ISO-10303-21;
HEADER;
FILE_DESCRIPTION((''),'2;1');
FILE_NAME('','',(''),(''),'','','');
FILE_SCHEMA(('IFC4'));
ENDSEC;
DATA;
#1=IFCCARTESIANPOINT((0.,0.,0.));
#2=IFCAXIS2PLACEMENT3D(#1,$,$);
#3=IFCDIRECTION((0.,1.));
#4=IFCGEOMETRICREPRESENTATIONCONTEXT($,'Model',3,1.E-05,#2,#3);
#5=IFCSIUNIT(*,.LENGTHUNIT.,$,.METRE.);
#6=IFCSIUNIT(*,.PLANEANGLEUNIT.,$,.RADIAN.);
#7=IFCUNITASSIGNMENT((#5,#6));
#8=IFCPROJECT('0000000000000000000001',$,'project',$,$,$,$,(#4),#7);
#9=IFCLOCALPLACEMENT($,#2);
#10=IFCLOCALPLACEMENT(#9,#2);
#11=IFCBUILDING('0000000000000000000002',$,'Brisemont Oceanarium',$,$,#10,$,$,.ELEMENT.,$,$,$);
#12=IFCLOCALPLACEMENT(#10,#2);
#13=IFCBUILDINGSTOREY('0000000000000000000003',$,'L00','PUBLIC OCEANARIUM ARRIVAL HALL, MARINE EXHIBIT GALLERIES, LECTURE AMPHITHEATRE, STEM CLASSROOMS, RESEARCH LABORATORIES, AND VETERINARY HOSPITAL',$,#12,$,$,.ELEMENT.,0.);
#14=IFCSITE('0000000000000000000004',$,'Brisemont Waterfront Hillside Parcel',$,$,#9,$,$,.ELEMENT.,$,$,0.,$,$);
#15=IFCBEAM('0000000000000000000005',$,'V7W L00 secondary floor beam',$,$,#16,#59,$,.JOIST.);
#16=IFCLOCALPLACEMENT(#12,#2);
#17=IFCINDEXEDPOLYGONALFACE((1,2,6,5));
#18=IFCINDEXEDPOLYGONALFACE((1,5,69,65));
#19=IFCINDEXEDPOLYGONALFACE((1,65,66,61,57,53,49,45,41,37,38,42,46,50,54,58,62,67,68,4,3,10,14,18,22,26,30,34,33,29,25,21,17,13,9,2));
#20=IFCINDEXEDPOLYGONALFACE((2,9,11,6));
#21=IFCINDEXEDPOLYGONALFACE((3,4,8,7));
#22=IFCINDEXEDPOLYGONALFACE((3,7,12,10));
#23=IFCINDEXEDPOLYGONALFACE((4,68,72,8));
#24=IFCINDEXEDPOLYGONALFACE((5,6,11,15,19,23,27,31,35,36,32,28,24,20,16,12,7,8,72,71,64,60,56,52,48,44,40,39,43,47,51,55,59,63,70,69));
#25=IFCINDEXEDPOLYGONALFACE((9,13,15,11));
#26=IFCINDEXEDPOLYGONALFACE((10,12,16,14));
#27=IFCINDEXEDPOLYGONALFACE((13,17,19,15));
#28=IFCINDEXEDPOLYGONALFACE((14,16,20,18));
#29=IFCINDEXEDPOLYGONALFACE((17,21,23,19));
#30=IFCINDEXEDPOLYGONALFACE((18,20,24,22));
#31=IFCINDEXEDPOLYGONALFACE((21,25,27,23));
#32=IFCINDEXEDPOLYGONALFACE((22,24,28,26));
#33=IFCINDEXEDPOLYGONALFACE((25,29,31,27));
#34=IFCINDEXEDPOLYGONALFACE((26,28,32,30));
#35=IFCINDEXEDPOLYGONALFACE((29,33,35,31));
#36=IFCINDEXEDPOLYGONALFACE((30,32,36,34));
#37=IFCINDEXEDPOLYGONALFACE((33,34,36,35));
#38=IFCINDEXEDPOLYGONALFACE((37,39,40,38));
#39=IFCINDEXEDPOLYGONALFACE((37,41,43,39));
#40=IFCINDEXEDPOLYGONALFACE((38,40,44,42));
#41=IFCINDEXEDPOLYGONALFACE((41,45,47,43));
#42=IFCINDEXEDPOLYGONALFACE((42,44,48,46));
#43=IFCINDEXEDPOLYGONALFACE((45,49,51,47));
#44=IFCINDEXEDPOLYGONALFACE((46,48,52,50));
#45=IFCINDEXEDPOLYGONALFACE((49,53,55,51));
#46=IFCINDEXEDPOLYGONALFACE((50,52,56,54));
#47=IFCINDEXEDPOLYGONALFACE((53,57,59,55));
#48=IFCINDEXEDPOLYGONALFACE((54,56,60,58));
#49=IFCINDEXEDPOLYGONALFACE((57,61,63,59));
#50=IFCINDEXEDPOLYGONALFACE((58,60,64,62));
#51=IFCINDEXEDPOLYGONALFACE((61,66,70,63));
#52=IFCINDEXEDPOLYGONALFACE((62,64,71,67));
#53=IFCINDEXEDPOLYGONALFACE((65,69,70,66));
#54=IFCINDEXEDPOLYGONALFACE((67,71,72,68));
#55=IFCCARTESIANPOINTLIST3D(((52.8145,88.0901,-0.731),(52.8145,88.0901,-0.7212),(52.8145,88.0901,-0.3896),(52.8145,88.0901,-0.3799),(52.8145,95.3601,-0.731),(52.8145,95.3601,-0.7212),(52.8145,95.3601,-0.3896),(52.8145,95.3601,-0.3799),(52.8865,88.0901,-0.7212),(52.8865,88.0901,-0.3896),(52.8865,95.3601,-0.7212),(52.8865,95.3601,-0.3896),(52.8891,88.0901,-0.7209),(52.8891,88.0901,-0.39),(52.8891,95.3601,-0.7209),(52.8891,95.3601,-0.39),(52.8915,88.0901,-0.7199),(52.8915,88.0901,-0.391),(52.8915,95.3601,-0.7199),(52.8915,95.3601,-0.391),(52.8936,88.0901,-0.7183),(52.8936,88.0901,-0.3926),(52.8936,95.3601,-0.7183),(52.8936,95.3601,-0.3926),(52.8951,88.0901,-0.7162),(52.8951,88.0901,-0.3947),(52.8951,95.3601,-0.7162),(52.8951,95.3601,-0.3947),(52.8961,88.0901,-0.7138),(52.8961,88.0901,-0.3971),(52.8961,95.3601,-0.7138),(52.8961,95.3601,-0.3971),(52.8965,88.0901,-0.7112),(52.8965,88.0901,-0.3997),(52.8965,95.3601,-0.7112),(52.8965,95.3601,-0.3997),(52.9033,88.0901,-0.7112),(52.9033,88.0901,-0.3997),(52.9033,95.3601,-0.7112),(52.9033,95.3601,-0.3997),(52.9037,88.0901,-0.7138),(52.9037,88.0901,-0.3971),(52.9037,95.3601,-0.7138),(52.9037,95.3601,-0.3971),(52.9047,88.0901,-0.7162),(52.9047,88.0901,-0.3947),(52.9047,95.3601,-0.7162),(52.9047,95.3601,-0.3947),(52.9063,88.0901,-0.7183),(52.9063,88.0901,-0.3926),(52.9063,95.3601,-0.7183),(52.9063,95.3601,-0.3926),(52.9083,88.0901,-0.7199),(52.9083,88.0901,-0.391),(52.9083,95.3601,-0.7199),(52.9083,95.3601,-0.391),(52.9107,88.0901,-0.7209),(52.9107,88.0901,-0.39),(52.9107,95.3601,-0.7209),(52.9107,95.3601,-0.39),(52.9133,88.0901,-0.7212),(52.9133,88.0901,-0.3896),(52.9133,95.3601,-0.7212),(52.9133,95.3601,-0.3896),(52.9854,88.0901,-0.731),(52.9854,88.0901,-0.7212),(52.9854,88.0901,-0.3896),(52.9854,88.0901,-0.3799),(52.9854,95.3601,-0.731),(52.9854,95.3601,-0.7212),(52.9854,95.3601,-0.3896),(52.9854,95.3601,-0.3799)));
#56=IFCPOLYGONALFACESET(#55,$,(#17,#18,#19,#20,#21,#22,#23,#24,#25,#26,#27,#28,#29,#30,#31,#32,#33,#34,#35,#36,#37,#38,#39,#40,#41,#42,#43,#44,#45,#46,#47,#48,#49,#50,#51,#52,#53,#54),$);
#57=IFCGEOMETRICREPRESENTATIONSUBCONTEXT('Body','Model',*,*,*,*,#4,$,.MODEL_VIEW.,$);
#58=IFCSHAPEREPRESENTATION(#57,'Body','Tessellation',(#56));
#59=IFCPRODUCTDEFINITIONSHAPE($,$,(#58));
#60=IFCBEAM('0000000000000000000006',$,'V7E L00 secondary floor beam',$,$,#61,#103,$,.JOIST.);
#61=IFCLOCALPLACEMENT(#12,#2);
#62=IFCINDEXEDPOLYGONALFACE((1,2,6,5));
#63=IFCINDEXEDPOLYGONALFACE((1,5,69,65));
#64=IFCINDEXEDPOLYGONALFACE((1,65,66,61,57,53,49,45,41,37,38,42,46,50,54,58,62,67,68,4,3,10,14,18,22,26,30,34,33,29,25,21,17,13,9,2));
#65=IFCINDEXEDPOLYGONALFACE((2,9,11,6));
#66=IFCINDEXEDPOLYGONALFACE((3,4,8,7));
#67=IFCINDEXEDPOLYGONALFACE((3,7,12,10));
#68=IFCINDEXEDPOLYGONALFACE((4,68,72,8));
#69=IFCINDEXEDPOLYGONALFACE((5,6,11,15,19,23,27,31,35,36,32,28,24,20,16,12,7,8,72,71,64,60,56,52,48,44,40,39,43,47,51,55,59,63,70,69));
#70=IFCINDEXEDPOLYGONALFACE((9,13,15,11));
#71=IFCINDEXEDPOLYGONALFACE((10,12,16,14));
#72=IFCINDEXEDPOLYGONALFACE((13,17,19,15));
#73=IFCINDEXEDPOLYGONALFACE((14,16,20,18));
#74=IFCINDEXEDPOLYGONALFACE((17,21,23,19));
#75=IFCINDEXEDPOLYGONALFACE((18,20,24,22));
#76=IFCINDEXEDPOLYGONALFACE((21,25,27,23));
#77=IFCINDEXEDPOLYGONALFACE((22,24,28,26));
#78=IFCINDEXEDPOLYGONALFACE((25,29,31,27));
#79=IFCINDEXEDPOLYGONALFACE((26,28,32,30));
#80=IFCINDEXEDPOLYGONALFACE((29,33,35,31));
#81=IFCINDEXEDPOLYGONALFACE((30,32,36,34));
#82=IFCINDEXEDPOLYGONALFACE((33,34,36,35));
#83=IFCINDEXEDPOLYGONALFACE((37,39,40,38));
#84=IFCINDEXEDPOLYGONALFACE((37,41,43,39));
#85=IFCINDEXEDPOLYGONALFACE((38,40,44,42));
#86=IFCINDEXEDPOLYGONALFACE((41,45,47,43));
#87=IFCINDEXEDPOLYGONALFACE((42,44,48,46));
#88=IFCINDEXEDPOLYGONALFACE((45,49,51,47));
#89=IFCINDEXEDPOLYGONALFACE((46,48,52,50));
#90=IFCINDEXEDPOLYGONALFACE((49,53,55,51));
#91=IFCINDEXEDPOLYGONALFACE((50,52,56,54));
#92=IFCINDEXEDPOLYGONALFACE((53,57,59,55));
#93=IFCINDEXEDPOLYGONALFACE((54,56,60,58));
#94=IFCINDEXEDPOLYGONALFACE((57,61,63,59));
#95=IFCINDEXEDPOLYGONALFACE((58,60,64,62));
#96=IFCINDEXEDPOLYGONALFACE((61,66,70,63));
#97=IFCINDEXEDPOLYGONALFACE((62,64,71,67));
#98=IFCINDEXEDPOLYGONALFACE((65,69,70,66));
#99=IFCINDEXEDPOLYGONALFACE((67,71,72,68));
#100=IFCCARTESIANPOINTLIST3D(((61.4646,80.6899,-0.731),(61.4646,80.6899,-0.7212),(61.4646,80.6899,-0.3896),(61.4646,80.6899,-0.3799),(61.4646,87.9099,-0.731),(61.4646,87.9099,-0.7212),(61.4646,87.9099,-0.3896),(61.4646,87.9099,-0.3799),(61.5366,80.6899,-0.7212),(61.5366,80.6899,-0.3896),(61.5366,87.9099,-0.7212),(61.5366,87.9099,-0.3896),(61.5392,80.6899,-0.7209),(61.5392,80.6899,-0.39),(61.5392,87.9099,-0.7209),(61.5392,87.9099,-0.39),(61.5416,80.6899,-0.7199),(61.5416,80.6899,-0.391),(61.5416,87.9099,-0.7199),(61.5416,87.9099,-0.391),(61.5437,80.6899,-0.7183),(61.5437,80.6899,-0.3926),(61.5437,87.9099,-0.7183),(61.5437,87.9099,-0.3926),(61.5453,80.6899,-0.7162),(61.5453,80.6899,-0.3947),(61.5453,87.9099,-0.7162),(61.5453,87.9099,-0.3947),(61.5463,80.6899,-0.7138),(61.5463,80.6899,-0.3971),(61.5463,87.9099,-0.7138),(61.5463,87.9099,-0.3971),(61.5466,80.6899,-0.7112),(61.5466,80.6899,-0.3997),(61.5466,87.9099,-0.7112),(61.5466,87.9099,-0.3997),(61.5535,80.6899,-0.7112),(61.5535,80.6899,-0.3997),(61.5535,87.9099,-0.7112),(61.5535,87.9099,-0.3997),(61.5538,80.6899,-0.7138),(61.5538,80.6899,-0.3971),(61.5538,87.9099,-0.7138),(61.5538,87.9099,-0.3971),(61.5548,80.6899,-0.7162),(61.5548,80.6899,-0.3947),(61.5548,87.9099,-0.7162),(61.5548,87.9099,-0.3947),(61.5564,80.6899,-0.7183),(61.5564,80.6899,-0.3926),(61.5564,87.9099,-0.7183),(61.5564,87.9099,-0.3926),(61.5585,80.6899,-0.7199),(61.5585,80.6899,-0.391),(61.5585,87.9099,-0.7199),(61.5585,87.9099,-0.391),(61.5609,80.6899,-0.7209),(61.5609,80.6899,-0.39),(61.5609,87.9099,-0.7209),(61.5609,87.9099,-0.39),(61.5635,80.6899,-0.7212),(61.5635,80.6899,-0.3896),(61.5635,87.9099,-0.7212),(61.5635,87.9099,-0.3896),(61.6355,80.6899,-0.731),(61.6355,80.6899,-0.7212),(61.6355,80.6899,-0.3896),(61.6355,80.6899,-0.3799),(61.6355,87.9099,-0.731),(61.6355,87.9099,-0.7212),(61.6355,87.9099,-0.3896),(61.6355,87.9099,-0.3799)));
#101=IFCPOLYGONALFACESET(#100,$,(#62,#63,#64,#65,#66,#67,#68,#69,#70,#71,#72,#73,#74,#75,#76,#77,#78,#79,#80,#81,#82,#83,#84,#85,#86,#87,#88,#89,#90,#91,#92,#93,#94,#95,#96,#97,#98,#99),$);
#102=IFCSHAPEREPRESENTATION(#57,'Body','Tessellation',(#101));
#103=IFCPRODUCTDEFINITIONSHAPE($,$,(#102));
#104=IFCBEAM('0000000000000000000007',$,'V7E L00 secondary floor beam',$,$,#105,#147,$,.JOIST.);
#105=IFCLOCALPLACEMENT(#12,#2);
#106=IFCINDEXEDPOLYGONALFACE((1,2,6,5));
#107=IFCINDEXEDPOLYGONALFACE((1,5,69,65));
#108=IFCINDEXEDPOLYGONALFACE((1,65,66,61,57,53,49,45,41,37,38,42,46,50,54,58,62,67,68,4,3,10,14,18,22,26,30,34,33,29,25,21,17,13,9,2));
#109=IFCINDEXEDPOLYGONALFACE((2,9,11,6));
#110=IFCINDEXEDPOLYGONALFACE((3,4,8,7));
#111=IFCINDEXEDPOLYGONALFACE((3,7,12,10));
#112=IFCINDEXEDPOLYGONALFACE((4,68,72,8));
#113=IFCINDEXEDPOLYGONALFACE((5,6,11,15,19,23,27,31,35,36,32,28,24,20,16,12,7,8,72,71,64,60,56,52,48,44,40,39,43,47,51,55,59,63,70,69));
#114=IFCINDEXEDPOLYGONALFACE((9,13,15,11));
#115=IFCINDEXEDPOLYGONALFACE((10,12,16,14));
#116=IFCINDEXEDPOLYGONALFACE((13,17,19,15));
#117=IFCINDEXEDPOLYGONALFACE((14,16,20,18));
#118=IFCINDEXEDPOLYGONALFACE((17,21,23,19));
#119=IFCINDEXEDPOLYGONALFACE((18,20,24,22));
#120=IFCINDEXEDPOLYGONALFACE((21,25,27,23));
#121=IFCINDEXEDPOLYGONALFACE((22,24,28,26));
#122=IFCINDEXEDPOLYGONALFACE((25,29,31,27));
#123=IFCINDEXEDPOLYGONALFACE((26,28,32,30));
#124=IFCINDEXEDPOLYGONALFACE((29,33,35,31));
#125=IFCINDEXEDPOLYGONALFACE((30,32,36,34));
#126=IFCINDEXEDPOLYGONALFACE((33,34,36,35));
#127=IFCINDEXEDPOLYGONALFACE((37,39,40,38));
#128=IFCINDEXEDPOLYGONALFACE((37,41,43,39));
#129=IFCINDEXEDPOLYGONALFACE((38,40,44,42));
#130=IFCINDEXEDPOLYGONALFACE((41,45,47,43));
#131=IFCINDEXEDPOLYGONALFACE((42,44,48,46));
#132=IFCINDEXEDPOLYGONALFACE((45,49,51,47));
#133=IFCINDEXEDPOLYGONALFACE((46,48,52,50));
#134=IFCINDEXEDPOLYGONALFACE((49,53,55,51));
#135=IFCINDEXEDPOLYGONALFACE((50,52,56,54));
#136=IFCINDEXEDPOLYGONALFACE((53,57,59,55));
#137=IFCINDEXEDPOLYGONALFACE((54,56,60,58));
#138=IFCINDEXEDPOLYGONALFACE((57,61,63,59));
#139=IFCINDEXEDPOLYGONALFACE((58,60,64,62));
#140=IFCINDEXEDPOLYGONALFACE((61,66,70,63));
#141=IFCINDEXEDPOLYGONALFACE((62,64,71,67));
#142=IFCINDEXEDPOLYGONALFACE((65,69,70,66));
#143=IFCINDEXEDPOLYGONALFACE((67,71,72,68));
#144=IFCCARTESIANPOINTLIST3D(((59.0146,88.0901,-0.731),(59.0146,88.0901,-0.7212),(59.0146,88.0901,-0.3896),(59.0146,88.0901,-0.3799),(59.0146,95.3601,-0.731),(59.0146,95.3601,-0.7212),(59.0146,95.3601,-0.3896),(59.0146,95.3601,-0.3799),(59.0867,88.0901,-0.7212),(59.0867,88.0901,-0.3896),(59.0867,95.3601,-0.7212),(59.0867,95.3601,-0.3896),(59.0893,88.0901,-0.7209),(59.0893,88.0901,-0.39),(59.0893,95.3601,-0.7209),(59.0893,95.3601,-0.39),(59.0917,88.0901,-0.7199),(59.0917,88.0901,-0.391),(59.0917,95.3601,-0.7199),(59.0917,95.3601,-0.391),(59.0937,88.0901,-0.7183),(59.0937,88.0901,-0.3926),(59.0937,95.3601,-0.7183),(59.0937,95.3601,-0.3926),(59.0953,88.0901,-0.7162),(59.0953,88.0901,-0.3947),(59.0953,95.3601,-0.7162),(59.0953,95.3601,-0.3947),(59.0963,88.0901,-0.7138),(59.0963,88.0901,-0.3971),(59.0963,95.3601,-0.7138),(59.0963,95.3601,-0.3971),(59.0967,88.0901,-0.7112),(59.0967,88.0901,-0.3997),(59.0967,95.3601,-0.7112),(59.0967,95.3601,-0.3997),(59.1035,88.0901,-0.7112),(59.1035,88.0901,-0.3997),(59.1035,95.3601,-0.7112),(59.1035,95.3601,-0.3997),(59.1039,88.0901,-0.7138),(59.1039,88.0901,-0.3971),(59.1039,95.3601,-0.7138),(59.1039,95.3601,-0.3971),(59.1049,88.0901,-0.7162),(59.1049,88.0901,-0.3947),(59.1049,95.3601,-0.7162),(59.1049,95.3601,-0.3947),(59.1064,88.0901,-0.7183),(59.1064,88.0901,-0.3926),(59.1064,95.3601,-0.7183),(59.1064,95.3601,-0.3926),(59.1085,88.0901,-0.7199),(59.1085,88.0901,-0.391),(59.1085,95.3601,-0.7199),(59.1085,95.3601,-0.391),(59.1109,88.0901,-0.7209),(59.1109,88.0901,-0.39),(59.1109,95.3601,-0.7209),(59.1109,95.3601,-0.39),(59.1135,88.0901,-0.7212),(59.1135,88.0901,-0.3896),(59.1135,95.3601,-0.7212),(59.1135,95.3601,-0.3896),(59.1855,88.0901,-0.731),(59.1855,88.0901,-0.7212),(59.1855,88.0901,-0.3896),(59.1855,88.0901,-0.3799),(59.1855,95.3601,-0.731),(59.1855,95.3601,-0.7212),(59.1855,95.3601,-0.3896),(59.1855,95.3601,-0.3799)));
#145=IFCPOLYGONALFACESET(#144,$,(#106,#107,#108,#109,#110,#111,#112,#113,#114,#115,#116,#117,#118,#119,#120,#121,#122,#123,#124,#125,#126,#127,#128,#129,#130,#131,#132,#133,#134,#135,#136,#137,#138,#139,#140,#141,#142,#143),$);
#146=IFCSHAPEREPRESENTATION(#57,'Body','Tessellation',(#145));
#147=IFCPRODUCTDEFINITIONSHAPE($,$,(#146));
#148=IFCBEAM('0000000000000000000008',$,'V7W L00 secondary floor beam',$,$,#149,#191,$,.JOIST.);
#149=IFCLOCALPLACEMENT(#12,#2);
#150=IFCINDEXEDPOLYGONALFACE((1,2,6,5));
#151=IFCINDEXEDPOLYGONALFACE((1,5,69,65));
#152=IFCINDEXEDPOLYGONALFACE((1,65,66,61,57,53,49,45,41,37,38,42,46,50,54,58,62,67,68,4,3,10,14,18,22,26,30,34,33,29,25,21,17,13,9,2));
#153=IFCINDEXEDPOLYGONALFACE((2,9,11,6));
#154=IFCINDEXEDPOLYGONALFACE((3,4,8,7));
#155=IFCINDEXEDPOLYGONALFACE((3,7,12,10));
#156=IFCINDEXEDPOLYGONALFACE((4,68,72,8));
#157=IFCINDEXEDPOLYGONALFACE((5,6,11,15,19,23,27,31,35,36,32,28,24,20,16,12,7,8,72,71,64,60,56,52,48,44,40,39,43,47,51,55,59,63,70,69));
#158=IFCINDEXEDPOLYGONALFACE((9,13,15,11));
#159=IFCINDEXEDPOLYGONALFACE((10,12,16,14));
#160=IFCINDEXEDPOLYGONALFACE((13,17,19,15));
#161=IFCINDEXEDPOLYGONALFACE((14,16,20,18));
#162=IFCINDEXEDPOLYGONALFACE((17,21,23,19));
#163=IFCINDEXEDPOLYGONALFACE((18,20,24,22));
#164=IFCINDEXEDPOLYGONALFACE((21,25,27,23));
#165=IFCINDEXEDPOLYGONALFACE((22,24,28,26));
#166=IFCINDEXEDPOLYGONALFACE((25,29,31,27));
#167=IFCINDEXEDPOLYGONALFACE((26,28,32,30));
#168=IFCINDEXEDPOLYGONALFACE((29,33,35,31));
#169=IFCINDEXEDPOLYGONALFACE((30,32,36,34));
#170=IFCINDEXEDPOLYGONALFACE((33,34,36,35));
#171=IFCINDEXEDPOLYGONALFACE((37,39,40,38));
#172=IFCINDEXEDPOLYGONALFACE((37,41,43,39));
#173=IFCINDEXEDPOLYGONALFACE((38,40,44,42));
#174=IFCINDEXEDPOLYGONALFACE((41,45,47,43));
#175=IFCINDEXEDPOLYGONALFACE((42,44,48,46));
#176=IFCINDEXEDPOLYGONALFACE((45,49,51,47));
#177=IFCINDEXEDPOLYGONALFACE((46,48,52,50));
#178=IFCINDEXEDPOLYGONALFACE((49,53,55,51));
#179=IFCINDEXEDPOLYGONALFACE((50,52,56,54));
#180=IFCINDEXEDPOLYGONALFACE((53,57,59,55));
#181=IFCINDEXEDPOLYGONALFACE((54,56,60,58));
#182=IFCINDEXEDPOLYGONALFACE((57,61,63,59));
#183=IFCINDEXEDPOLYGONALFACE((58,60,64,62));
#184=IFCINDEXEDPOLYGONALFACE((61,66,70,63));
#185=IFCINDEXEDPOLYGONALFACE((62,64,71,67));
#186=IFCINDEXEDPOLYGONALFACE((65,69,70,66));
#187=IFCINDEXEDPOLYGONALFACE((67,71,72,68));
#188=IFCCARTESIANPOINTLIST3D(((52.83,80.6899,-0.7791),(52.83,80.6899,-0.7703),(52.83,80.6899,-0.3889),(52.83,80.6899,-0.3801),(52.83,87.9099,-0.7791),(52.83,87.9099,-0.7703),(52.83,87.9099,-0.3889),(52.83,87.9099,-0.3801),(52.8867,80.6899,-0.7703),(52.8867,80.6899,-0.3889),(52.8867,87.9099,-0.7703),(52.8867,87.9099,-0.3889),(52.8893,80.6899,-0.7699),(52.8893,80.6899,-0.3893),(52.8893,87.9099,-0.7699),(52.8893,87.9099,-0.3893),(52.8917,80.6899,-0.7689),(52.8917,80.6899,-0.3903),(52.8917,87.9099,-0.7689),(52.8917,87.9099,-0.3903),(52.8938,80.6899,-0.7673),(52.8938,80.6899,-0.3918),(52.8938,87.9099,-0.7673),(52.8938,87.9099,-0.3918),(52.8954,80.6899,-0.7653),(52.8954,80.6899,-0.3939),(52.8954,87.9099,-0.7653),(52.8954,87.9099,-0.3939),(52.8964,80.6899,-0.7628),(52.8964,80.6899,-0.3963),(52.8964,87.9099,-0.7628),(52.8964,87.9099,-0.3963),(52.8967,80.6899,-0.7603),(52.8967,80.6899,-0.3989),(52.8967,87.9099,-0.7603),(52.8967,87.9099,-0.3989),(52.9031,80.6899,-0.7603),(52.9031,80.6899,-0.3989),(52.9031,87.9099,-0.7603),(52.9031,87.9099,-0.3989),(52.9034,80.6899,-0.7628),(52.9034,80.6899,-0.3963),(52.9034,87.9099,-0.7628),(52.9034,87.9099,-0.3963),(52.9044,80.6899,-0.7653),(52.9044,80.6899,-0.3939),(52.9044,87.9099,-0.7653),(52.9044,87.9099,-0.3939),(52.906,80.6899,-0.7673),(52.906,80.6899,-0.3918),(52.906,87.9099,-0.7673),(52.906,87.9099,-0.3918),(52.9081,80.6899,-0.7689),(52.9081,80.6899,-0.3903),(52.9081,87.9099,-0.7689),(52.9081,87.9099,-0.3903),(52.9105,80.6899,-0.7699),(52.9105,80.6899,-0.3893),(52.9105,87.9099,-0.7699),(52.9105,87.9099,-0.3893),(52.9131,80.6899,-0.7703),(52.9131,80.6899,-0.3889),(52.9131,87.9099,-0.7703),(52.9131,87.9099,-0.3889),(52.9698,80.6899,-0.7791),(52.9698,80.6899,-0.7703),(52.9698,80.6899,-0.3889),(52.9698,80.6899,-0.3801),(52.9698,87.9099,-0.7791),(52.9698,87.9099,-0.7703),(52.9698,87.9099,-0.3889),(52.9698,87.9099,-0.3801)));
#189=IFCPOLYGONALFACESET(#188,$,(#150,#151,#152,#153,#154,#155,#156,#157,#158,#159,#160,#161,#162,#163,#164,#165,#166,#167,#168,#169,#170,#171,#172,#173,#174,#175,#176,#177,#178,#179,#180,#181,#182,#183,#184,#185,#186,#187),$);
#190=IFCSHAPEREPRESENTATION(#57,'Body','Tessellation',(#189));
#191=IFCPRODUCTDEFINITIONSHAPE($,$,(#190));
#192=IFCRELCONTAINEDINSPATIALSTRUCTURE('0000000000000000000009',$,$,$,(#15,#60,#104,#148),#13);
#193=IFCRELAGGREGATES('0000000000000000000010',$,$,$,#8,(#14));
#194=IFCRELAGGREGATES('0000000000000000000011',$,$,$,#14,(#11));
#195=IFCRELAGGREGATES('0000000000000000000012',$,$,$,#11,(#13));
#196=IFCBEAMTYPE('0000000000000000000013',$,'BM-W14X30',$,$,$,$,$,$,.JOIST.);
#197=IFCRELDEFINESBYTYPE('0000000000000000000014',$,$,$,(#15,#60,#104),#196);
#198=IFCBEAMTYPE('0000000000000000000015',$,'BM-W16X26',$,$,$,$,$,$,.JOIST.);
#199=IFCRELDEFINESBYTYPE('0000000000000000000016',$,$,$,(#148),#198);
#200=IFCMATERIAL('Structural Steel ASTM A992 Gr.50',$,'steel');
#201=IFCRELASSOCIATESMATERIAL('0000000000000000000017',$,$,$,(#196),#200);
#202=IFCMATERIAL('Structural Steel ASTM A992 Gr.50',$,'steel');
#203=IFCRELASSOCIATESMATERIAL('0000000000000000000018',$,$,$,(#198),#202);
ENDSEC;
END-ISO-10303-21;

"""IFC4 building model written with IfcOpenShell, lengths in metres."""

from ifc_helpers import new_model, si_unit, direction, frame, origin, origin_2d, place, context, subcontext, project, spatial, i_section, extrude, material, material_profile, profile_set, type_object, element, save


model = new_model("IFC4")

# Units and contexts
model_context = context("Model", 3, precision=1e-05, world=origin(), true_north=direction((0.0, 1.0)))
body_context = subcontext(model_context, "Body", "Model", "MODEL_VIEW")
ifc_project = project(units=[si_unit("LENGTHUNIT", "METRE"), si_unit("PLANEANGLEUNIT", "RADIAN")], contexts=[model_context])

# Site, building, storey
site_placement = place(None, origin())
site = spatial("IfcSite", under=ifc_project, at=site_placement, Name="Brisemont Waterfront Hillside Parcel", CompositionType="ELEMENT", RefElevation=0.0)
building_placement = place(site_placement, origin())
building = spatial("IfcBuilding", under=site, at=building_placement, Name="Brisemont Oceanarium", CompositionType="ELEMENT")
storey_placement = place(building_placement, origin())
storey = spatial("IfcBuildingStorey", under=building, at=storey_placement, Name="L00", Description="PUBLIC OCEANARIUM ARRIVAL HALL, MARINE EXHIBIT GALLERIES, LECTURE AMPHITHEATRE, STEM CLASSROOMS, RESEARCH LABORATORIES, AND VETERINARY HOSPITAL", CompositionType="ELEMENT", Elevation=0.0)

# Beams
ifc_material_1 = material(Name="Structural Steel ASTM A992 Gr.50", Category="steel")
ifc_material_profile_1 = material_profile(ifc_material_1, i_section(OverallWidth=0.1709, OverallDepth=0.3511, WebThickness=0.0068, FlangeThickness=0.0098, FilletRadius=0.01, at=origin_2d()), Name="W14X30")
ifc_profile_set_1 = profile_set([ifc_material_profile_1], Name="Structural Steel ASTM A992 Gr.50")
beam_type_1 = type_object("IfcBeamType", Name="BM-W14X30", PredefinedType="JOIST", material=ifc_profile_set_1)
beam_1_placement = place(storey_placement, frame((52.8999, 88.0901, -0.5554), z_axis=(0.0, 1.0, 0.0), x_axis=(-1.0, 0.0, 0.0)))
element("IfcBeam", 1, at=beam_1_placement, inside=storey, type_object=beam_type_1, Name="V7W L00 secondary floor beam", PredefinedType="JOIST", context=body_context, shape_type="SweptSolid", body=[
    extrude(i_section(OverallWidth=0.1709, OverallDepth=0.3511, WebThickness=0.0068, FlangeThickness=0.0098, FilletRadius=0.01, at=origin_2d()), origin(), (0.0, 0.0, 1.0), 7.27),
])
beam_2_placement = place(storey_placement, frame((61.55, 80.6899, -0.5554), z_axis=(0.0, 1.0, 0.0), x_axis=(-1.0, 0.0, 0.0)))
element("IfcBeam", 2, at=beam_2_placement, inside=storey, type_object=beam_type_1, Name="V7E L00 secondary floor beam", PredefinedType="JOIST", context=body_context, shape_type="SweptSolid", body=[
    extrude(i_section(OverallWidth=0.1709, OverallDepth=0.3511, WebThickness=0.0068, FlangeThickness=0.0098, FilletRadius=0.01, at=origin_2d()), origin(), (0.0, 0.0, 1.0), 7.22),
])
beam_3_placement = place(storey_placement, frame((59.1001, 88.0901, -0.5554), z_axis=(0.0, 1.0, 0.0), x_axis=(-1.0, 0.0, 0.0)))
element("IfcBeam", 3, at=beam_3_placement, inside=storey, type_object=beam_type_1, Name="V7E L00 secondary floor beam", PredefinedType="JOIST", context=body_context, shape_type="SweptSolid", body=[
    extrude(i_section(OverallWidth=0.1709, OverallDepth=0.3511, WebThickness=0.0068, FlangeThickness=0.0098, FilletRadius=0.01, at=origin_2d()), origin(), (0.0, 0.0, 1.0), 7.27),
])
ifc_material_2 = material(Name="Structural Steel ASTM A992 Gr.50", Category="steel")
ifc_material_profile_2 = material_profile(ifc_material_2, i_section(OverallWidth=0.1399, OverallDepth=0.3989, WebThickness=0.0063, FlangeThickness=0.0088, FilletRadius=0.01, at=origin_2d()), Name="W16X26")
ifc_profile_set_2 = profile_set([ifc_material_profile_2], Name="Structural Steel ASTM A992 Gr.50")
beam_type_2 = type_object("IfcBeamType", Name="BM-W16X26", PredefinedType="JOIST", material=ifc_profile_set_2)
beam_4_placement = place(storey_placement, frame((52.8999, 80.6899, -0.5796), z_axis=(0.0, 1.0, 0.0), x_axis=(-1.0, 0.0, 0.0)))
element("IfcBeam", 4, at=beam_4_placement, inside=storey, type_object=beam_type_2, Name="V7W L00 secondary floor beam", PredefinedType="JOIST", context=body_context, shape_type="SweptSolid", body=[
    extrude(i_section(OverallWidth=0.1399, OverallDepth=0.3989, WebThickness=0.0063, FlangeThickness=0.0088, FilletRadius=0.01, at=origin_2d()), origin(), (0.0, 0.0, 1.0), 7.22),
])

save(model, "model.ifc")
